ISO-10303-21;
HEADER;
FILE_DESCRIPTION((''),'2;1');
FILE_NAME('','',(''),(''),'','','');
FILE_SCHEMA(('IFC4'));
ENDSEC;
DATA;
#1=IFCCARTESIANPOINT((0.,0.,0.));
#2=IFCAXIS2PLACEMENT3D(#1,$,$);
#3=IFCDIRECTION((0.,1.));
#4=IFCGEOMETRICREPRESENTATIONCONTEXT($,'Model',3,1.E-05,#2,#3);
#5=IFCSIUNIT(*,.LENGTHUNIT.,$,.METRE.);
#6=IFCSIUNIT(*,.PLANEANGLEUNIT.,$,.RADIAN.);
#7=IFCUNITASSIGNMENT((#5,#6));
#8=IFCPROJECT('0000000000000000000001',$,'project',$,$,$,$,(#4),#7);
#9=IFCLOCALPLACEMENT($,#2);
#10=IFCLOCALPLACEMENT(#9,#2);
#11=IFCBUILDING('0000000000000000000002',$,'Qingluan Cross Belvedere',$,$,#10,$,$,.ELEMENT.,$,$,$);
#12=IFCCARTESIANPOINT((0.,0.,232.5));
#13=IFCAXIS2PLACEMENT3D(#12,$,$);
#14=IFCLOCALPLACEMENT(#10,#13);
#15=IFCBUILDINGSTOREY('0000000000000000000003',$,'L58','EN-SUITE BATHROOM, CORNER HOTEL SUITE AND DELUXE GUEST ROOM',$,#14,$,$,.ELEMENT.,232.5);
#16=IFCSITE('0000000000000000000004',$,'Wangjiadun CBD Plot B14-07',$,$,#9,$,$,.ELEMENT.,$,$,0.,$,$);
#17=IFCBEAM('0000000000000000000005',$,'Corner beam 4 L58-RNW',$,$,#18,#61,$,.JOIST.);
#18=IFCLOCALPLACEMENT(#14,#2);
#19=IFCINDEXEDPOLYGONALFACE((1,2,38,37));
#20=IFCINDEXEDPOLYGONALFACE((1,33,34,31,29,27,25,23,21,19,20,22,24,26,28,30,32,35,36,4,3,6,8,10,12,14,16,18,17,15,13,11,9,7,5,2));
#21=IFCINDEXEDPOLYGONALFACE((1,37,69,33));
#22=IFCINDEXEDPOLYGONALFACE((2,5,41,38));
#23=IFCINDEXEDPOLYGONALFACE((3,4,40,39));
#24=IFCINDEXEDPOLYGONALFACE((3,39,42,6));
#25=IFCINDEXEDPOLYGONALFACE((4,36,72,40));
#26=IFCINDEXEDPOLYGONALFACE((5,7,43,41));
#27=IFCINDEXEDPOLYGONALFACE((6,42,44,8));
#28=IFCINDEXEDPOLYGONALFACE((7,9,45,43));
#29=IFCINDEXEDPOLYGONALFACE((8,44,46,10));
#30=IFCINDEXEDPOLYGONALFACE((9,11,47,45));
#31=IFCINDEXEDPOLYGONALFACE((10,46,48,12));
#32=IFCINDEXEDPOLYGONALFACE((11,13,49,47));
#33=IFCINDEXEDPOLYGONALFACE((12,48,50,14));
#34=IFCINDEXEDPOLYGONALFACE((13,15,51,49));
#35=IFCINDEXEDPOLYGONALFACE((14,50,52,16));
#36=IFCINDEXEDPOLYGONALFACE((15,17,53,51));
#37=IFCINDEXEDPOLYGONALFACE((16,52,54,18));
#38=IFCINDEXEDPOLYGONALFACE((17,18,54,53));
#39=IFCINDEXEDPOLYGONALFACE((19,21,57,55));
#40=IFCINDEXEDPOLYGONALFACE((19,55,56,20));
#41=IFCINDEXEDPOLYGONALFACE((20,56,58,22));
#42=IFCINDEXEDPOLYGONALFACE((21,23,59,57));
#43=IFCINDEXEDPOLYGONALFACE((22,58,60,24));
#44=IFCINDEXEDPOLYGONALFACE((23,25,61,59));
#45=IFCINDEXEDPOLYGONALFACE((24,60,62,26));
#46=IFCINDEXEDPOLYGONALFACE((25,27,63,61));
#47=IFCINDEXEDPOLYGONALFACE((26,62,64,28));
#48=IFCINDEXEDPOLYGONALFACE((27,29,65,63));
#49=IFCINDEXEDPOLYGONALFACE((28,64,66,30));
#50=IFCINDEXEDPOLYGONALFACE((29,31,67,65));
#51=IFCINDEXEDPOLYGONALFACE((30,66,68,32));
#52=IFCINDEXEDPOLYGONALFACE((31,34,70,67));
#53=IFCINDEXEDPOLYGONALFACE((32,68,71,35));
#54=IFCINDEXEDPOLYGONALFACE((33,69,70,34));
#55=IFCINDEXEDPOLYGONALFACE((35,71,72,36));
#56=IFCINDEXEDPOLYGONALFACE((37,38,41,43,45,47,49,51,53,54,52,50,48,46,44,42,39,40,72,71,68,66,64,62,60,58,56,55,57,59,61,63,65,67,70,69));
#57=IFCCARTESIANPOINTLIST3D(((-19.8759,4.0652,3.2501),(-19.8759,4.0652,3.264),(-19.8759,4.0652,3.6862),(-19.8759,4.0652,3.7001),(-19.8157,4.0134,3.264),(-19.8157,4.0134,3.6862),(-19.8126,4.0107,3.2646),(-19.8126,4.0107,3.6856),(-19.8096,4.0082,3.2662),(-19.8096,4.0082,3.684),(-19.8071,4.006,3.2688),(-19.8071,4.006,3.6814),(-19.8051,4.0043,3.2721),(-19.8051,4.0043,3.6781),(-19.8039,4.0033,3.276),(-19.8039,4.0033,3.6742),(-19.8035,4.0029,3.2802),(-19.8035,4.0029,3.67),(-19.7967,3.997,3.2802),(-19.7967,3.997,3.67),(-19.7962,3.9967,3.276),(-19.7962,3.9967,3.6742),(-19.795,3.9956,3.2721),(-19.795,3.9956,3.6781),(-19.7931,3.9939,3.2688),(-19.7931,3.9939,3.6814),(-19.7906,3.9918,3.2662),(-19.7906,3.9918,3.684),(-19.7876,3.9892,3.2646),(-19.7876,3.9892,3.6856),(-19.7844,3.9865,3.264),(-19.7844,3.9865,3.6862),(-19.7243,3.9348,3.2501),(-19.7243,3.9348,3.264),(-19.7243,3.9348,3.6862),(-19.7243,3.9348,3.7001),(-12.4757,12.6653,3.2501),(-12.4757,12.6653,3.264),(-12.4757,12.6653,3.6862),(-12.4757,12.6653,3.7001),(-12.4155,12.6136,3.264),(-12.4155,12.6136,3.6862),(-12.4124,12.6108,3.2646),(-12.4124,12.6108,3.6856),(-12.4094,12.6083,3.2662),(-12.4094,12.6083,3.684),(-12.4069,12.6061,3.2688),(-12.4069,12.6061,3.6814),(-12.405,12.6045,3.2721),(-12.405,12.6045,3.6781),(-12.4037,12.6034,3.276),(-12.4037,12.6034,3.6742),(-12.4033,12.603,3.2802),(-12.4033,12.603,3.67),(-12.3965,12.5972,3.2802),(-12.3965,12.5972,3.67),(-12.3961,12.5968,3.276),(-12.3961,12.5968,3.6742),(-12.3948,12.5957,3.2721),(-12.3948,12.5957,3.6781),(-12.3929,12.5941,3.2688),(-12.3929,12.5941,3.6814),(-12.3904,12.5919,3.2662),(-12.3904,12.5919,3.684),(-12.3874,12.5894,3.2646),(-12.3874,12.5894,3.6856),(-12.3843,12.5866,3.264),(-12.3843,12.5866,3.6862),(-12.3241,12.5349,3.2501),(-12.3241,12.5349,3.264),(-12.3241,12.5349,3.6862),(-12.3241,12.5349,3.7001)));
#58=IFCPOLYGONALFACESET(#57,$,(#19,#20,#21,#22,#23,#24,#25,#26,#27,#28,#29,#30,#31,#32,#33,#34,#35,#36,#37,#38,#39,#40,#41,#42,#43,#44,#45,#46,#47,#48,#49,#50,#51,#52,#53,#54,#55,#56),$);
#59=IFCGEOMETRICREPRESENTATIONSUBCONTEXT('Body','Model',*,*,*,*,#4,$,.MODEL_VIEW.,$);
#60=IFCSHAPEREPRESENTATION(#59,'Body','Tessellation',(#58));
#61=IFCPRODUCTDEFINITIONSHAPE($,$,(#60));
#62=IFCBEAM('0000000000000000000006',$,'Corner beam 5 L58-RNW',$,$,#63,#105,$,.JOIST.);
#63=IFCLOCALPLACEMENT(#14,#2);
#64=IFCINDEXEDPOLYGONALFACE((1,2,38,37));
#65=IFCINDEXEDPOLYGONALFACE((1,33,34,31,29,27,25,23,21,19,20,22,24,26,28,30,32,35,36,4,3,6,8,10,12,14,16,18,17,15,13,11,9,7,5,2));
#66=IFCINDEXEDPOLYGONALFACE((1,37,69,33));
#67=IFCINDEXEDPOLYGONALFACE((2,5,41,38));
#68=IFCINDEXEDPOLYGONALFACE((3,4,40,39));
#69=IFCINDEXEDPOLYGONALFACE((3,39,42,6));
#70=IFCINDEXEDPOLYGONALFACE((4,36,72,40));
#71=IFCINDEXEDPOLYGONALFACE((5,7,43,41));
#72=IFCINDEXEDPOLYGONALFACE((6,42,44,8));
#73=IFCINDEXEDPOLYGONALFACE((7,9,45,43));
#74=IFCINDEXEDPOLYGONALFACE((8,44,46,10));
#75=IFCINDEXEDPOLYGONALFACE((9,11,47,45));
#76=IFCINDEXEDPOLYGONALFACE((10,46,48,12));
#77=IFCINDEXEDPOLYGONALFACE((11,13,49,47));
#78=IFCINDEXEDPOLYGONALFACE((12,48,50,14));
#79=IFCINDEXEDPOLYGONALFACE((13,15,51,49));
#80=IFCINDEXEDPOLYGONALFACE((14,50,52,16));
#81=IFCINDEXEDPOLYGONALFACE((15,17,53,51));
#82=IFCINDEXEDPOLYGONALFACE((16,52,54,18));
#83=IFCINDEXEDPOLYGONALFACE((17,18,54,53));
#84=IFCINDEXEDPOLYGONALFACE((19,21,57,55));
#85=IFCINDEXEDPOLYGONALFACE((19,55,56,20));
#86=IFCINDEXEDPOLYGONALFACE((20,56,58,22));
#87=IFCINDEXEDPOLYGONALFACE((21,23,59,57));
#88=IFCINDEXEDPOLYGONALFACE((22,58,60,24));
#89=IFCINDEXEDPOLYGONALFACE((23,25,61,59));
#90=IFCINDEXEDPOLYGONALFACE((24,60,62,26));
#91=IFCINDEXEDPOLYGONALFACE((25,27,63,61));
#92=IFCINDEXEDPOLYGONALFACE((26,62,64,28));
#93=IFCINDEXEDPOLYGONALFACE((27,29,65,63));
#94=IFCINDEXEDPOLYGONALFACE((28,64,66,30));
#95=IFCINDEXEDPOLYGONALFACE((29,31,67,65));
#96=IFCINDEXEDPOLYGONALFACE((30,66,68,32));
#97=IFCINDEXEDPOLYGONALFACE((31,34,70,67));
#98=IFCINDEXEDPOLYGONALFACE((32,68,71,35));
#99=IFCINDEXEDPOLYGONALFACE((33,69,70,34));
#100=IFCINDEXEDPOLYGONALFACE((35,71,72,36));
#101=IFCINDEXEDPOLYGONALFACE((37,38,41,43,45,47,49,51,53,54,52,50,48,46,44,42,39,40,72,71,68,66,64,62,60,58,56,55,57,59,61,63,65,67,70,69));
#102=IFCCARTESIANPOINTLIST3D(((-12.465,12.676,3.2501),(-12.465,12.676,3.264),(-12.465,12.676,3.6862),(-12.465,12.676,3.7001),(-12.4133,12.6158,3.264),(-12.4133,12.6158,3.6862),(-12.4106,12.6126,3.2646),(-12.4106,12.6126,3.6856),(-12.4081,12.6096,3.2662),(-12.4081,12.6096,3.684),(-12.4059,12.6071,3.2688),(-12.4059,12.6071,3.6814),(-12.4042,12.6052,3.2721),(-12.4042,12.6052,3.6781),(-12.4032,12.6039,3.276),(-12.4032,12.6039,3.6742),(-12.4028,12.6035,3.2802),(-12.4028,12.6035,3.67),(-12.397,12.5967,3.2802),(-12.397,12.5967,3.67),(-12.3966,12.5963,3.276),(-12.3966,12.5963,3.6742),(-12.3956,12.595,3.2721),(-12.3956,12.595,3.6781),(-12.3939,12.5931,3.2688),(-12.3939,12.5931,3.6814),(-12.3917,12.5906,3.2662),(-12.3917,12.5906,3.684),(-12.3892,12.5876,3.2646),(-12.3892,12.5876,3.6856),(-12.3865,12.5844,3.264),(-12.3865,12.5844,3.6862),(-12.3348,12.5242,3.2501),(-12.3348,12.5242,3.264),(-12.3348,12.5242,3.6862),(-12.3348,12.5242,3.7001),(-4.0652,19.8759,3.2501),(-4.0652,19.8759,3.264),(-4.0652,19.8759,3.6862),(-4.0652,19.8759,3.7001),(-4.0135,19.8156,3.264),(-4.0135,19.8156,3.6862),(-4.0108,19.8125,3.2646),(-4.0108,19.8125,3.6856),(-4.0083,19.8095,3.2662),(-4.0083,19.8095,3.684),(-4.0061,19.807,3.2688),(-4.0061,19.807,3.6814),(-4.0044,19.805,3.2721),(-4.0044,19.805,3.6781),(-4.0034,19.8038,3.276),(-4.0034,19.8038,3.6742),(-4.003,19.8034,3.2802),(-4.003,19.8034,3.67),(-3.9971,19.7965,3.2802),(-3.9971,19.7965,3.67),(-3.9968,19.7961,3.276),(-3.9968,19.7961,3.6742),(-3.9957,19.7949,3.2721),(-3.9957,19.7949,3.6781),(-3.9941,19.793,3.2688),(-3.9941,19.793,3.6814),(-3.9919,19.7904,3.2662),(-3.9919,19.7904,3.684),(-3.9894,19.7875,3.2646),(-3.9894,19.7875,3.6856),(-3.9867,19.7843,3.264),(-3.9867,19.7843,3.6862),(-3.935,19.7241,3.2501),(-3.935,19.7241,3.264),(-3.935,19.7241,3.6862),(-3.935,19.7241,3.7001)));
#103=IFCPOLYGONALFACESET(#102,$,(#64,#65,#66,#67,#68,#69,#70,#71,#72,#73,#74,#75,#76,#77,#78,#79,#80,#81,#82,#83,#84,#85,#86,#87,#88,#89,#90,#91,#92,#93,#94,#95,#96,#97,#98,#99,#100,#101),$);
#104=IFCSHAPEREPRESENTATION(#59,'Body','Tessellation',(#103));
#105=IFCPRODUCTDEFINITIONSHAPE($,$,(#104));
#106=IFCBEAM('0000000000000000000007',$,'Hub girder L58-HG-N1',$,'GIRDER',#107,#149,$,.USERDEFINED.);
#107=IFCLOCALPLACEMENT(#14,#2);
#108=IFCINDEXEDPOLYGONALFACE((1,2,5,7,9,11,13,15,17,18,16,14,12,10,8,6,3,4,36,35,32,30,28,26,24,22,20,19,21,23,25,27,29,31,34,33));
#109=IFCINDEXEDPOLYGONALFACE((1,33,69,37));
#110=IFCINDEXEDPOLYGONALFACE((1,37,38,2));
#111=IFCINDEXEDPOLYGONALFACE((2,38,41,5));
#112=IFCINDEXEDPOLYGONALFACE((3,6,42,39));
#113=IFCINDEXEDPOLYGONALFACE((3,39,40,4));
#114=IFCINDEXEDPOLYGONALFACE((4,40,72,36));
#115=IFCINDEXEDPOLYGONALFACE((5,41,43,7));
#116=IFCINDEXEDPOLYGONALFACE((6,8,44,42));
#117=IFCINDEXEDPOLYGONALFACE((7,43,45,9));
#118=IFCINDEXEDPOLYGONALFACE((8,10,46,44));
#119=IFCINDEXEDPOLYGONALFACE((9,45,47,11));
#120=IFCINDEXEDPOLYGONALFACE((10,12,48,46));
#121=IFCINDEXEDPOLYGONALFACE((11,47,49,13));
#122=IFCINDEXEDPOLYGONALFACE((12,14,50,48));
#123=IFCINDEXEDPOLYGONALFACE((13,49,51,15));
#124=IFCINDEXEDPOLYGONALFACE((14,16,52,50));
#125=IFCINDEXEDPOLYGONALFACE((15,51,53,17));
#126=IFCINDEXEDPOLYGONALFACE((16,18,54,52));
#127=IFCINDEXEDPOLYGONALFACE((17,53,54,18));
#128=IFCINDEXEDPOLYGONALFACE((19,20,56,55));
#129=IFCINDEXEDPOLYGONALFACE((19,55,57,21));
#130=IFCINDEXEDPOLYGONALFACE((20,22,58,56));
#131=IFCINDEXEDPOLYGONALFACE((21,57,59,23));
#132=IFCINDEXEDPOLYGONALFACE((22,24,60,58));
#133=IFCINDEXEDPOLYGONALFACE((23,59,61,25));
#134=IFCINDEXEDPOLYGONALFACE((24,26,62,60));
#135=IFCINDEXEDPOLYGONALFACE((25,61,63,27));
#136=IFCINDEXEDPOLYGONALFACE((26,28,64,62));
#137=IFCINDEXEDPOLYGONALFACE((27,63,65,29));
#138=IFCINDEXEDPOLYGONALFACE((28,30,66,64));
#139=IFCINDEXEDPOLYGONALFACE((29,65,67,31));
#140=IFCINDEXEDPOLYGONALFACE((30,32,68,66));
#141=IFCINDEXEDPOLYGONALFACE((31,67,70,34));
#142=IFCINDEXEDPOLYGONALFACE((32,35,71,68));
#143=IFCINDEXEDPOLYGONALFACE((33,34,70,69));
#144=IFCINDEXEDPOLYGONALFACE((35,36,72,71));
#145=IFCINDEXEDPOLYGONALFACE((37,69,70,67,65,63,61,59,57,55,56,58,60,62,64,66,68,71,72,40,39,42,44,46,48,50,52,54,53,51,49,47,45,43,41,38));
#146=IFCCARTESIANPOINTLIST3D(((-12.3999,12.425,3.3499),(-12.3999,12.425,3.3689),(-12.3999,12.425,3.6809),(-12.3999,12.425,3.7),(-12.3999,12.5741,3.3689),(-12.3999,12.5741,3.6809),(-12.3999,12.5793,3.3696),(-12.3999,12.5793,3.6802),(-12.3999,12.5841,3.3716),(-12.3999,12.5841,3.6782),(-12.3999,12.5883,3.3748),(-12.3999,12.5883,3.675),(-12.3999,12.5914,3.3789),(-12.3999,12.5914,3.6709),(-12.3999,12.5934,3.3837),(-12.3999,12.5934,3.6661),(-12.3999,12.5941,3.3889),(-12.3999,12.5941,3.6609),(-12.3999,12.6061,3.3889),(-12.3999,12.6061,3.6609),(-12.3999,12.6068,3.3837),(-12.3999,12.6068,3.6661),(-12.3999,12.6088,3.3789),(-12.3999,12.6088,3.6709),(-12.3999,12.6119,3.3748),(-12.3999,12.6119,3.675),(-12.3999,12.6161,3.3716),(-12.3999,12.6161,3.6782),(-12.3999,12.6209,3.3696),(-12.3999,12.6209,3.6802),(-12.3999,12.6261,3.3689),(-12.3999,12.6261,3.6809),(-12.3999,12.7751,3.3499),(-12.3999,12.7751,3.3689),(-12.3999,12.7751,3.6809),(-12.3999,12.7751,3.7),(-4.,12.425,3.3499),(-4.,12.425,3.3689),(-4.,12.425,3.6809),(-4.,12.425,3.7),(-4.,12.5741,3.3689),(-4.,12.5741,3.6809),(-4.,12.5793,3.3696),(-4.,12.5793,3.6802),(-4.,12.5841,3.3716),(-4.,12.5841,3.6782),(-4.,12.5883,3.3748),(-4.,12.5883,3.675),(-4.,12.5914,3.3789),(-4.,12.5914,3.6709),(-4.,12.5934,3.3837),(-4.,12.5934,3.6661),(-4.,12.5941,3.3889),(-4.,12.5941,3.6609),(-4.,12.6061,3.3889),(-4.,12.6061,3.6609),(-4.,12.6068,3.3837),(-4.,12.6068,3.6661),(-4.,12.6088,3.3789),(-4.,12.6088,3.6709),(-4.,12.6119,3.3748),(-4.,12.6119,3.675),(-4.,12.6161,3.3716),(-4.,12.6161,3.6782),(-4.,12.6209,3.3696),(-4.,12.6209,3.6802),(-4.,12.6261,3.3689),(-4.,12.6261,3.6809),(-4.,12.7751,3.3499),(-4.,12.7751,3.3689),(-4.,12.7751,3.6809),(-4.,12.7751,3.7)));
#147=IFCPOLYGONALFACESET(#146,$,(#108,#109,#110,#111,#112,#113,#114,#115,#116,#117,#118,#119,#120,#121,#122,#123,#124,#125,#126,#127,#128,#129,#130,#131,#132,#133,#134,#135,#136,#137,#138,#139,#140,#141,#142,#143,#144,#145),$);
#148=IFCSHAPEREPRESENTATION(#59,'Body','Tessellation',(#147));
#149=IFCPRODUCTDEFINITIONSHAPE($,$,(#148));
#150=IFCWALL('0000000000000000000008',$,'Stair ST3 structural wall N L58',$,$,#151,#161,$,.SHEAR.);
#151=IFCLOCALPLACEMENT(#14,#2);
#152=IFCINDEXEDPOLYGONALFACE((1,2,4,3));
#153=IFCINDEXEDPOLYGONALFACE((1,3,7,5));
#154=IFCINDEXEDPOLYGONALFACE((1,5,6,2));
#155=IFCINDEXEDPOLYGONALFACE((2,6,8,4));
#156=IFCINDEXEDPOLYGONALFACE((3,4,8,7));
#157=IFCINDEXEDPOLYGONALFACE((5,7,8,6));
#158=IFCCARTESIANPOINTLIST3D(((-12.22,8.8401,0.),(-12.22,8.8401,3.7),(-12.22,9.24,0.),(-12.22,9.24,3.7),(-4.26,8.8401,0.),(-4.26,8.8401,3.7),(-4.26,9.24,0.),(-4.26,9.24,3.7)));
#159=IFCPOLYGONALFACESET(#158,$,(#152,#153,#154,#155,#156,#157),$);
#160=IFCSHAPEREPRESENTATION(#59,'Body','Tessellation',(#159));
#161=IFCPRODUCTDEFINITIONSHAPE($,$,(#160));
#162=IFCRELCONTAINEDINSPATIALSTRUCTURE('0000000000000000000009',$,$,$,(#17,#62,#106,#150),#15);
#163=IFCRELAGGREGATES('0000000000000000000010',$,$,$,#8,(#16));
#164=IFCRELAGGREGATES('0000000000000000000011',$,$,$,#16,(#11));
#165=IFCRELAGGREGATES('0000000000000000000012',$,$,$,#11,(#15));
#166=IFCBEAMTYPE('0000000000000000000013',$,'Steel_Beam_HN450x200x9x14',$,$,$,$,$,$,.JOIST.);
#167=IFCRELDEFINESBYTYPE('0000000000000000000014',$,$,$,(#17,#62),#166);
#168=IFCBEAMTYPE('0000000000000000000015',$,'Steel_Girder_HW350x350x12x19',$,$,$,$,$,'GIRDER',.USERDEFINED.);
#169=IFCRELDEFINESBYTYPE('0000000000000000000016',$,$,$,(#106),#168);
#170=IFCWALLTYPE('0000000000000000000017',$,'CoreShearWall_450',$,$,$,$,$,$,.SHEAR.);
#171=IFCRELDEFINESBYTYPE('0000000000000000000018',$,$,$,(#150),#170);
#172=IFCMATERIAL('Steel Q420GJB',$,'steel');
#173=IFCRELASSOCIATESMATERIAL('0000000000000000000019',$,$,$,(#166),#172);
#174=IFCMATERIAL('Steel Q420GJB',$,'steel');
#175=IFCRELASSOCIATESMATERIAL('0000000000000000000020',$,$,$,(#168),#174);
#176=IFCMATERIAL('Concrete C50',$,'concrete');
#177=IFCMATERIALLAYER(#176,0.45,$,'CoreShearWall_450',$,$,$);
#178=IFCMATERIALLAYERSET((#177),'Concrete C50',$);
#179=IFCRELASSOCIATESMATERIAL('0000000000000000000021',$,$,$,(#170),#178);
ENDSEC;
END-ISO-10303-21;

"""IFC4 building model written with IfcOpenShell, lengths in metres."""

from ifc_helpers import new_model, si_unit, direction, frame, frame_2d, origin, origin_2d, place, context, subcontext, project, spatial, rectangle, i_section, extrude, material, layer, layer_set, material_profile, profile_set, type_object, element, save


model = new_model("IFC4")

# Units and contexts
model_context = context("Model", 3, precision=1e-05, world=origin(), true_north=direction((0.0, 1.0)))
body_context = subcontext(model_context, "Body", "Model", "MODEL_VIEW")
ifc_project = project(units=[si_unit("LENGTHUNIT", "METRE"), si_unit("PLANEANGLEUNIT", "RADIAN")], contexts=[model_context])

# Site, building, storey
site_placement = place(None, origin())
site = spatial("IfcSite", under=ifc_project, at=site_placement, Name="Wangjiadun CBD Plot B14-07", CompositionType="ELEMENT", RefElevation=0.0)
building_placement = place(site_placement, origin())
building = spatial("IfcBuilding", under=site, at=building_placement, Name="Qingluan Cross Belvedere", CompositionType="ELEMENT")
storey_placement = place(building_placement, frame((0.0, 0.0, 232.5)))
storey = spatial("IfcBuildingStorey", under=building, at=storey_placement, Name="L58", Description="EN-SUITE BATHROOM, CORNER HOTEL SUITE AND DELUXE GUEST ROOM", CompositionType="ELEMENT", Elevation=232.5)

# Beams
ifc_material_1 = material(Name="Steel Q420GJB", Category="steel")
ifc_material_profile_1 = material_profile(ifc_material_1, i_section(OverallWidth=0.2, OverallDepth=0.45, WebThickness=0.009, FlangeThickness=0.0139, FilletRadius=0.0161, at=origin_2d()), Name="HN450x200x9x14")
ifc_profile_set_1 = profile_set([ifc_material_profile_1], Name="Steel Q420GJB")
beam_type_1 = type_object("IfcBeamType", Name="Steel_Beam_HN450x200x9x14", PredefinedType="JOIST", material=ifc_profile_set_1)
beam_1_placement = place(storey_placement, frame((-12.3999, 12.6001, 3.4751), z_axis=(-0.652245, -0.758008, 0.0), x_axis=(0.758008, -0.652245, 0.0)))
element("IfcBeam", 1, at=beam_1_placement, inside=storey, type_object=beam_type_1, Name="Corner beam 4 L58-RNW", PredefinedType="JOIST", context=body_context, shape_type="SweptSolid", body=[
    extrude(i_section(OverallWidth=0.2, OverallDepth=0.45, WebThickness=0.009, FlangeThickness=0.0139, FilletRadius=0.0161, at=origin_2d()), origin(), (0.0, 0.0, 1.0), 11.3457),
])
beam_2_placement = place(storey_placement, frame((-12.3999, 12.6001, 3.4751), z_axis=(0.759255, 0.650793, 0.0), x_axis=(-0.650793, 0.759255, 0.0)))
element("IfcBeam", 2, at=beam_2_placement, inside=storey, type_object=beam_type_1, Name="Corner beam 5 L58-RNW", PredefinedType="JOIST", context=body_context, shape_type="SweptSolid", body=[
    extrude(i_section(OverallWidth=0.2, OverallDepth=0.45, WebThickness=0.009, FlangeThickness=0.0139, FilletRadius=0.0161, at=origin_2d()), origin(), (0.0, 0.0, 1.0), 11.0632),
])
ifc_material_2 = material(Name="Steel Q420GJB", Category="steel")
ifc_material_profile_2 = material_profile(ifc_material_2, i_section(OverallWidth=0.3501, OverallDepth=0.3501, WebThickness=0.012, FlangeThickness=0.019, FilletRadius=0.02, at=origin_2d()), Name="HW350x350x12x19")
ifc_profile_set_2 = profile_set([ifc_material_profile_2], Name="Steel Q420GJB")
beam_type_2 = type_object("IfcBeamType", Name="Steel_Girder_HW350x350x12x19", ElementType="GIRDER", PredefinedType="USERDEFINED", material=ifc_profile_set_2)
beam_3_placement = place(storey_placement, frame((-12.3999, 12.6001, 3.5249), z_axis=(1.0, 0.0, 0.0), x_axis=(0.0, 1.0, 0.0)))
element("IfcBeam", 3, at=beam_3_placement, inside=storey, type_object=beam_type_2, Name="Hub girder L58-HG-N1", ObjectType="GIRDER", PredefinedType="USERDEFINED", context=body_context, shape_type="SweptSolid", body=[
    extrude(i_section(OverallWidth=0.3501, OverallDepth=0.3501, WebThickness=0.012, FlangeThickness=0.019, FilletRadius=0.02, at=origin_2d()), origin(), (0.0, 0.0, 1.0), 8.3999),
])

# Wall
ifc_material_3 = material(Name="Concrete C50", Category="concrete")
ifc_layer_1 = layer(ifc_material_3, 0.45, Name="CoreShearWall_450")
ifc_layer_set_1 = layer_set([ifc_layer_1], Name="Concrete C50")
wall_type_1 = type_object("IfcWallType", Name="CoreShearWall_450", PredefinedType="SHEAR", material=ifc_layer_set_1)
wall_1_placement = place(storey_placement, frame((-12.22, 9.04, 0.0), z_axis=(0.0, 0.0, 1.0), x_axis=(1.0, 0.0, 0.0)))
element("IfcWall", 4, at=wall_1_placement, inside=storey, type_object=wall_type_1, Name="Stair ST3 structural wall N L58", PredefinedType="SHEAR", context=body_context, shape_type="SweptSolid", body=[
    extrude(rectangle(XDim=7.96, YDim=0.3999, at=frame_2d((3.98, 0.0))), origin(), (0.0, 0.0, 1.0), 3.7),
])

save(model, "model.ifc")
